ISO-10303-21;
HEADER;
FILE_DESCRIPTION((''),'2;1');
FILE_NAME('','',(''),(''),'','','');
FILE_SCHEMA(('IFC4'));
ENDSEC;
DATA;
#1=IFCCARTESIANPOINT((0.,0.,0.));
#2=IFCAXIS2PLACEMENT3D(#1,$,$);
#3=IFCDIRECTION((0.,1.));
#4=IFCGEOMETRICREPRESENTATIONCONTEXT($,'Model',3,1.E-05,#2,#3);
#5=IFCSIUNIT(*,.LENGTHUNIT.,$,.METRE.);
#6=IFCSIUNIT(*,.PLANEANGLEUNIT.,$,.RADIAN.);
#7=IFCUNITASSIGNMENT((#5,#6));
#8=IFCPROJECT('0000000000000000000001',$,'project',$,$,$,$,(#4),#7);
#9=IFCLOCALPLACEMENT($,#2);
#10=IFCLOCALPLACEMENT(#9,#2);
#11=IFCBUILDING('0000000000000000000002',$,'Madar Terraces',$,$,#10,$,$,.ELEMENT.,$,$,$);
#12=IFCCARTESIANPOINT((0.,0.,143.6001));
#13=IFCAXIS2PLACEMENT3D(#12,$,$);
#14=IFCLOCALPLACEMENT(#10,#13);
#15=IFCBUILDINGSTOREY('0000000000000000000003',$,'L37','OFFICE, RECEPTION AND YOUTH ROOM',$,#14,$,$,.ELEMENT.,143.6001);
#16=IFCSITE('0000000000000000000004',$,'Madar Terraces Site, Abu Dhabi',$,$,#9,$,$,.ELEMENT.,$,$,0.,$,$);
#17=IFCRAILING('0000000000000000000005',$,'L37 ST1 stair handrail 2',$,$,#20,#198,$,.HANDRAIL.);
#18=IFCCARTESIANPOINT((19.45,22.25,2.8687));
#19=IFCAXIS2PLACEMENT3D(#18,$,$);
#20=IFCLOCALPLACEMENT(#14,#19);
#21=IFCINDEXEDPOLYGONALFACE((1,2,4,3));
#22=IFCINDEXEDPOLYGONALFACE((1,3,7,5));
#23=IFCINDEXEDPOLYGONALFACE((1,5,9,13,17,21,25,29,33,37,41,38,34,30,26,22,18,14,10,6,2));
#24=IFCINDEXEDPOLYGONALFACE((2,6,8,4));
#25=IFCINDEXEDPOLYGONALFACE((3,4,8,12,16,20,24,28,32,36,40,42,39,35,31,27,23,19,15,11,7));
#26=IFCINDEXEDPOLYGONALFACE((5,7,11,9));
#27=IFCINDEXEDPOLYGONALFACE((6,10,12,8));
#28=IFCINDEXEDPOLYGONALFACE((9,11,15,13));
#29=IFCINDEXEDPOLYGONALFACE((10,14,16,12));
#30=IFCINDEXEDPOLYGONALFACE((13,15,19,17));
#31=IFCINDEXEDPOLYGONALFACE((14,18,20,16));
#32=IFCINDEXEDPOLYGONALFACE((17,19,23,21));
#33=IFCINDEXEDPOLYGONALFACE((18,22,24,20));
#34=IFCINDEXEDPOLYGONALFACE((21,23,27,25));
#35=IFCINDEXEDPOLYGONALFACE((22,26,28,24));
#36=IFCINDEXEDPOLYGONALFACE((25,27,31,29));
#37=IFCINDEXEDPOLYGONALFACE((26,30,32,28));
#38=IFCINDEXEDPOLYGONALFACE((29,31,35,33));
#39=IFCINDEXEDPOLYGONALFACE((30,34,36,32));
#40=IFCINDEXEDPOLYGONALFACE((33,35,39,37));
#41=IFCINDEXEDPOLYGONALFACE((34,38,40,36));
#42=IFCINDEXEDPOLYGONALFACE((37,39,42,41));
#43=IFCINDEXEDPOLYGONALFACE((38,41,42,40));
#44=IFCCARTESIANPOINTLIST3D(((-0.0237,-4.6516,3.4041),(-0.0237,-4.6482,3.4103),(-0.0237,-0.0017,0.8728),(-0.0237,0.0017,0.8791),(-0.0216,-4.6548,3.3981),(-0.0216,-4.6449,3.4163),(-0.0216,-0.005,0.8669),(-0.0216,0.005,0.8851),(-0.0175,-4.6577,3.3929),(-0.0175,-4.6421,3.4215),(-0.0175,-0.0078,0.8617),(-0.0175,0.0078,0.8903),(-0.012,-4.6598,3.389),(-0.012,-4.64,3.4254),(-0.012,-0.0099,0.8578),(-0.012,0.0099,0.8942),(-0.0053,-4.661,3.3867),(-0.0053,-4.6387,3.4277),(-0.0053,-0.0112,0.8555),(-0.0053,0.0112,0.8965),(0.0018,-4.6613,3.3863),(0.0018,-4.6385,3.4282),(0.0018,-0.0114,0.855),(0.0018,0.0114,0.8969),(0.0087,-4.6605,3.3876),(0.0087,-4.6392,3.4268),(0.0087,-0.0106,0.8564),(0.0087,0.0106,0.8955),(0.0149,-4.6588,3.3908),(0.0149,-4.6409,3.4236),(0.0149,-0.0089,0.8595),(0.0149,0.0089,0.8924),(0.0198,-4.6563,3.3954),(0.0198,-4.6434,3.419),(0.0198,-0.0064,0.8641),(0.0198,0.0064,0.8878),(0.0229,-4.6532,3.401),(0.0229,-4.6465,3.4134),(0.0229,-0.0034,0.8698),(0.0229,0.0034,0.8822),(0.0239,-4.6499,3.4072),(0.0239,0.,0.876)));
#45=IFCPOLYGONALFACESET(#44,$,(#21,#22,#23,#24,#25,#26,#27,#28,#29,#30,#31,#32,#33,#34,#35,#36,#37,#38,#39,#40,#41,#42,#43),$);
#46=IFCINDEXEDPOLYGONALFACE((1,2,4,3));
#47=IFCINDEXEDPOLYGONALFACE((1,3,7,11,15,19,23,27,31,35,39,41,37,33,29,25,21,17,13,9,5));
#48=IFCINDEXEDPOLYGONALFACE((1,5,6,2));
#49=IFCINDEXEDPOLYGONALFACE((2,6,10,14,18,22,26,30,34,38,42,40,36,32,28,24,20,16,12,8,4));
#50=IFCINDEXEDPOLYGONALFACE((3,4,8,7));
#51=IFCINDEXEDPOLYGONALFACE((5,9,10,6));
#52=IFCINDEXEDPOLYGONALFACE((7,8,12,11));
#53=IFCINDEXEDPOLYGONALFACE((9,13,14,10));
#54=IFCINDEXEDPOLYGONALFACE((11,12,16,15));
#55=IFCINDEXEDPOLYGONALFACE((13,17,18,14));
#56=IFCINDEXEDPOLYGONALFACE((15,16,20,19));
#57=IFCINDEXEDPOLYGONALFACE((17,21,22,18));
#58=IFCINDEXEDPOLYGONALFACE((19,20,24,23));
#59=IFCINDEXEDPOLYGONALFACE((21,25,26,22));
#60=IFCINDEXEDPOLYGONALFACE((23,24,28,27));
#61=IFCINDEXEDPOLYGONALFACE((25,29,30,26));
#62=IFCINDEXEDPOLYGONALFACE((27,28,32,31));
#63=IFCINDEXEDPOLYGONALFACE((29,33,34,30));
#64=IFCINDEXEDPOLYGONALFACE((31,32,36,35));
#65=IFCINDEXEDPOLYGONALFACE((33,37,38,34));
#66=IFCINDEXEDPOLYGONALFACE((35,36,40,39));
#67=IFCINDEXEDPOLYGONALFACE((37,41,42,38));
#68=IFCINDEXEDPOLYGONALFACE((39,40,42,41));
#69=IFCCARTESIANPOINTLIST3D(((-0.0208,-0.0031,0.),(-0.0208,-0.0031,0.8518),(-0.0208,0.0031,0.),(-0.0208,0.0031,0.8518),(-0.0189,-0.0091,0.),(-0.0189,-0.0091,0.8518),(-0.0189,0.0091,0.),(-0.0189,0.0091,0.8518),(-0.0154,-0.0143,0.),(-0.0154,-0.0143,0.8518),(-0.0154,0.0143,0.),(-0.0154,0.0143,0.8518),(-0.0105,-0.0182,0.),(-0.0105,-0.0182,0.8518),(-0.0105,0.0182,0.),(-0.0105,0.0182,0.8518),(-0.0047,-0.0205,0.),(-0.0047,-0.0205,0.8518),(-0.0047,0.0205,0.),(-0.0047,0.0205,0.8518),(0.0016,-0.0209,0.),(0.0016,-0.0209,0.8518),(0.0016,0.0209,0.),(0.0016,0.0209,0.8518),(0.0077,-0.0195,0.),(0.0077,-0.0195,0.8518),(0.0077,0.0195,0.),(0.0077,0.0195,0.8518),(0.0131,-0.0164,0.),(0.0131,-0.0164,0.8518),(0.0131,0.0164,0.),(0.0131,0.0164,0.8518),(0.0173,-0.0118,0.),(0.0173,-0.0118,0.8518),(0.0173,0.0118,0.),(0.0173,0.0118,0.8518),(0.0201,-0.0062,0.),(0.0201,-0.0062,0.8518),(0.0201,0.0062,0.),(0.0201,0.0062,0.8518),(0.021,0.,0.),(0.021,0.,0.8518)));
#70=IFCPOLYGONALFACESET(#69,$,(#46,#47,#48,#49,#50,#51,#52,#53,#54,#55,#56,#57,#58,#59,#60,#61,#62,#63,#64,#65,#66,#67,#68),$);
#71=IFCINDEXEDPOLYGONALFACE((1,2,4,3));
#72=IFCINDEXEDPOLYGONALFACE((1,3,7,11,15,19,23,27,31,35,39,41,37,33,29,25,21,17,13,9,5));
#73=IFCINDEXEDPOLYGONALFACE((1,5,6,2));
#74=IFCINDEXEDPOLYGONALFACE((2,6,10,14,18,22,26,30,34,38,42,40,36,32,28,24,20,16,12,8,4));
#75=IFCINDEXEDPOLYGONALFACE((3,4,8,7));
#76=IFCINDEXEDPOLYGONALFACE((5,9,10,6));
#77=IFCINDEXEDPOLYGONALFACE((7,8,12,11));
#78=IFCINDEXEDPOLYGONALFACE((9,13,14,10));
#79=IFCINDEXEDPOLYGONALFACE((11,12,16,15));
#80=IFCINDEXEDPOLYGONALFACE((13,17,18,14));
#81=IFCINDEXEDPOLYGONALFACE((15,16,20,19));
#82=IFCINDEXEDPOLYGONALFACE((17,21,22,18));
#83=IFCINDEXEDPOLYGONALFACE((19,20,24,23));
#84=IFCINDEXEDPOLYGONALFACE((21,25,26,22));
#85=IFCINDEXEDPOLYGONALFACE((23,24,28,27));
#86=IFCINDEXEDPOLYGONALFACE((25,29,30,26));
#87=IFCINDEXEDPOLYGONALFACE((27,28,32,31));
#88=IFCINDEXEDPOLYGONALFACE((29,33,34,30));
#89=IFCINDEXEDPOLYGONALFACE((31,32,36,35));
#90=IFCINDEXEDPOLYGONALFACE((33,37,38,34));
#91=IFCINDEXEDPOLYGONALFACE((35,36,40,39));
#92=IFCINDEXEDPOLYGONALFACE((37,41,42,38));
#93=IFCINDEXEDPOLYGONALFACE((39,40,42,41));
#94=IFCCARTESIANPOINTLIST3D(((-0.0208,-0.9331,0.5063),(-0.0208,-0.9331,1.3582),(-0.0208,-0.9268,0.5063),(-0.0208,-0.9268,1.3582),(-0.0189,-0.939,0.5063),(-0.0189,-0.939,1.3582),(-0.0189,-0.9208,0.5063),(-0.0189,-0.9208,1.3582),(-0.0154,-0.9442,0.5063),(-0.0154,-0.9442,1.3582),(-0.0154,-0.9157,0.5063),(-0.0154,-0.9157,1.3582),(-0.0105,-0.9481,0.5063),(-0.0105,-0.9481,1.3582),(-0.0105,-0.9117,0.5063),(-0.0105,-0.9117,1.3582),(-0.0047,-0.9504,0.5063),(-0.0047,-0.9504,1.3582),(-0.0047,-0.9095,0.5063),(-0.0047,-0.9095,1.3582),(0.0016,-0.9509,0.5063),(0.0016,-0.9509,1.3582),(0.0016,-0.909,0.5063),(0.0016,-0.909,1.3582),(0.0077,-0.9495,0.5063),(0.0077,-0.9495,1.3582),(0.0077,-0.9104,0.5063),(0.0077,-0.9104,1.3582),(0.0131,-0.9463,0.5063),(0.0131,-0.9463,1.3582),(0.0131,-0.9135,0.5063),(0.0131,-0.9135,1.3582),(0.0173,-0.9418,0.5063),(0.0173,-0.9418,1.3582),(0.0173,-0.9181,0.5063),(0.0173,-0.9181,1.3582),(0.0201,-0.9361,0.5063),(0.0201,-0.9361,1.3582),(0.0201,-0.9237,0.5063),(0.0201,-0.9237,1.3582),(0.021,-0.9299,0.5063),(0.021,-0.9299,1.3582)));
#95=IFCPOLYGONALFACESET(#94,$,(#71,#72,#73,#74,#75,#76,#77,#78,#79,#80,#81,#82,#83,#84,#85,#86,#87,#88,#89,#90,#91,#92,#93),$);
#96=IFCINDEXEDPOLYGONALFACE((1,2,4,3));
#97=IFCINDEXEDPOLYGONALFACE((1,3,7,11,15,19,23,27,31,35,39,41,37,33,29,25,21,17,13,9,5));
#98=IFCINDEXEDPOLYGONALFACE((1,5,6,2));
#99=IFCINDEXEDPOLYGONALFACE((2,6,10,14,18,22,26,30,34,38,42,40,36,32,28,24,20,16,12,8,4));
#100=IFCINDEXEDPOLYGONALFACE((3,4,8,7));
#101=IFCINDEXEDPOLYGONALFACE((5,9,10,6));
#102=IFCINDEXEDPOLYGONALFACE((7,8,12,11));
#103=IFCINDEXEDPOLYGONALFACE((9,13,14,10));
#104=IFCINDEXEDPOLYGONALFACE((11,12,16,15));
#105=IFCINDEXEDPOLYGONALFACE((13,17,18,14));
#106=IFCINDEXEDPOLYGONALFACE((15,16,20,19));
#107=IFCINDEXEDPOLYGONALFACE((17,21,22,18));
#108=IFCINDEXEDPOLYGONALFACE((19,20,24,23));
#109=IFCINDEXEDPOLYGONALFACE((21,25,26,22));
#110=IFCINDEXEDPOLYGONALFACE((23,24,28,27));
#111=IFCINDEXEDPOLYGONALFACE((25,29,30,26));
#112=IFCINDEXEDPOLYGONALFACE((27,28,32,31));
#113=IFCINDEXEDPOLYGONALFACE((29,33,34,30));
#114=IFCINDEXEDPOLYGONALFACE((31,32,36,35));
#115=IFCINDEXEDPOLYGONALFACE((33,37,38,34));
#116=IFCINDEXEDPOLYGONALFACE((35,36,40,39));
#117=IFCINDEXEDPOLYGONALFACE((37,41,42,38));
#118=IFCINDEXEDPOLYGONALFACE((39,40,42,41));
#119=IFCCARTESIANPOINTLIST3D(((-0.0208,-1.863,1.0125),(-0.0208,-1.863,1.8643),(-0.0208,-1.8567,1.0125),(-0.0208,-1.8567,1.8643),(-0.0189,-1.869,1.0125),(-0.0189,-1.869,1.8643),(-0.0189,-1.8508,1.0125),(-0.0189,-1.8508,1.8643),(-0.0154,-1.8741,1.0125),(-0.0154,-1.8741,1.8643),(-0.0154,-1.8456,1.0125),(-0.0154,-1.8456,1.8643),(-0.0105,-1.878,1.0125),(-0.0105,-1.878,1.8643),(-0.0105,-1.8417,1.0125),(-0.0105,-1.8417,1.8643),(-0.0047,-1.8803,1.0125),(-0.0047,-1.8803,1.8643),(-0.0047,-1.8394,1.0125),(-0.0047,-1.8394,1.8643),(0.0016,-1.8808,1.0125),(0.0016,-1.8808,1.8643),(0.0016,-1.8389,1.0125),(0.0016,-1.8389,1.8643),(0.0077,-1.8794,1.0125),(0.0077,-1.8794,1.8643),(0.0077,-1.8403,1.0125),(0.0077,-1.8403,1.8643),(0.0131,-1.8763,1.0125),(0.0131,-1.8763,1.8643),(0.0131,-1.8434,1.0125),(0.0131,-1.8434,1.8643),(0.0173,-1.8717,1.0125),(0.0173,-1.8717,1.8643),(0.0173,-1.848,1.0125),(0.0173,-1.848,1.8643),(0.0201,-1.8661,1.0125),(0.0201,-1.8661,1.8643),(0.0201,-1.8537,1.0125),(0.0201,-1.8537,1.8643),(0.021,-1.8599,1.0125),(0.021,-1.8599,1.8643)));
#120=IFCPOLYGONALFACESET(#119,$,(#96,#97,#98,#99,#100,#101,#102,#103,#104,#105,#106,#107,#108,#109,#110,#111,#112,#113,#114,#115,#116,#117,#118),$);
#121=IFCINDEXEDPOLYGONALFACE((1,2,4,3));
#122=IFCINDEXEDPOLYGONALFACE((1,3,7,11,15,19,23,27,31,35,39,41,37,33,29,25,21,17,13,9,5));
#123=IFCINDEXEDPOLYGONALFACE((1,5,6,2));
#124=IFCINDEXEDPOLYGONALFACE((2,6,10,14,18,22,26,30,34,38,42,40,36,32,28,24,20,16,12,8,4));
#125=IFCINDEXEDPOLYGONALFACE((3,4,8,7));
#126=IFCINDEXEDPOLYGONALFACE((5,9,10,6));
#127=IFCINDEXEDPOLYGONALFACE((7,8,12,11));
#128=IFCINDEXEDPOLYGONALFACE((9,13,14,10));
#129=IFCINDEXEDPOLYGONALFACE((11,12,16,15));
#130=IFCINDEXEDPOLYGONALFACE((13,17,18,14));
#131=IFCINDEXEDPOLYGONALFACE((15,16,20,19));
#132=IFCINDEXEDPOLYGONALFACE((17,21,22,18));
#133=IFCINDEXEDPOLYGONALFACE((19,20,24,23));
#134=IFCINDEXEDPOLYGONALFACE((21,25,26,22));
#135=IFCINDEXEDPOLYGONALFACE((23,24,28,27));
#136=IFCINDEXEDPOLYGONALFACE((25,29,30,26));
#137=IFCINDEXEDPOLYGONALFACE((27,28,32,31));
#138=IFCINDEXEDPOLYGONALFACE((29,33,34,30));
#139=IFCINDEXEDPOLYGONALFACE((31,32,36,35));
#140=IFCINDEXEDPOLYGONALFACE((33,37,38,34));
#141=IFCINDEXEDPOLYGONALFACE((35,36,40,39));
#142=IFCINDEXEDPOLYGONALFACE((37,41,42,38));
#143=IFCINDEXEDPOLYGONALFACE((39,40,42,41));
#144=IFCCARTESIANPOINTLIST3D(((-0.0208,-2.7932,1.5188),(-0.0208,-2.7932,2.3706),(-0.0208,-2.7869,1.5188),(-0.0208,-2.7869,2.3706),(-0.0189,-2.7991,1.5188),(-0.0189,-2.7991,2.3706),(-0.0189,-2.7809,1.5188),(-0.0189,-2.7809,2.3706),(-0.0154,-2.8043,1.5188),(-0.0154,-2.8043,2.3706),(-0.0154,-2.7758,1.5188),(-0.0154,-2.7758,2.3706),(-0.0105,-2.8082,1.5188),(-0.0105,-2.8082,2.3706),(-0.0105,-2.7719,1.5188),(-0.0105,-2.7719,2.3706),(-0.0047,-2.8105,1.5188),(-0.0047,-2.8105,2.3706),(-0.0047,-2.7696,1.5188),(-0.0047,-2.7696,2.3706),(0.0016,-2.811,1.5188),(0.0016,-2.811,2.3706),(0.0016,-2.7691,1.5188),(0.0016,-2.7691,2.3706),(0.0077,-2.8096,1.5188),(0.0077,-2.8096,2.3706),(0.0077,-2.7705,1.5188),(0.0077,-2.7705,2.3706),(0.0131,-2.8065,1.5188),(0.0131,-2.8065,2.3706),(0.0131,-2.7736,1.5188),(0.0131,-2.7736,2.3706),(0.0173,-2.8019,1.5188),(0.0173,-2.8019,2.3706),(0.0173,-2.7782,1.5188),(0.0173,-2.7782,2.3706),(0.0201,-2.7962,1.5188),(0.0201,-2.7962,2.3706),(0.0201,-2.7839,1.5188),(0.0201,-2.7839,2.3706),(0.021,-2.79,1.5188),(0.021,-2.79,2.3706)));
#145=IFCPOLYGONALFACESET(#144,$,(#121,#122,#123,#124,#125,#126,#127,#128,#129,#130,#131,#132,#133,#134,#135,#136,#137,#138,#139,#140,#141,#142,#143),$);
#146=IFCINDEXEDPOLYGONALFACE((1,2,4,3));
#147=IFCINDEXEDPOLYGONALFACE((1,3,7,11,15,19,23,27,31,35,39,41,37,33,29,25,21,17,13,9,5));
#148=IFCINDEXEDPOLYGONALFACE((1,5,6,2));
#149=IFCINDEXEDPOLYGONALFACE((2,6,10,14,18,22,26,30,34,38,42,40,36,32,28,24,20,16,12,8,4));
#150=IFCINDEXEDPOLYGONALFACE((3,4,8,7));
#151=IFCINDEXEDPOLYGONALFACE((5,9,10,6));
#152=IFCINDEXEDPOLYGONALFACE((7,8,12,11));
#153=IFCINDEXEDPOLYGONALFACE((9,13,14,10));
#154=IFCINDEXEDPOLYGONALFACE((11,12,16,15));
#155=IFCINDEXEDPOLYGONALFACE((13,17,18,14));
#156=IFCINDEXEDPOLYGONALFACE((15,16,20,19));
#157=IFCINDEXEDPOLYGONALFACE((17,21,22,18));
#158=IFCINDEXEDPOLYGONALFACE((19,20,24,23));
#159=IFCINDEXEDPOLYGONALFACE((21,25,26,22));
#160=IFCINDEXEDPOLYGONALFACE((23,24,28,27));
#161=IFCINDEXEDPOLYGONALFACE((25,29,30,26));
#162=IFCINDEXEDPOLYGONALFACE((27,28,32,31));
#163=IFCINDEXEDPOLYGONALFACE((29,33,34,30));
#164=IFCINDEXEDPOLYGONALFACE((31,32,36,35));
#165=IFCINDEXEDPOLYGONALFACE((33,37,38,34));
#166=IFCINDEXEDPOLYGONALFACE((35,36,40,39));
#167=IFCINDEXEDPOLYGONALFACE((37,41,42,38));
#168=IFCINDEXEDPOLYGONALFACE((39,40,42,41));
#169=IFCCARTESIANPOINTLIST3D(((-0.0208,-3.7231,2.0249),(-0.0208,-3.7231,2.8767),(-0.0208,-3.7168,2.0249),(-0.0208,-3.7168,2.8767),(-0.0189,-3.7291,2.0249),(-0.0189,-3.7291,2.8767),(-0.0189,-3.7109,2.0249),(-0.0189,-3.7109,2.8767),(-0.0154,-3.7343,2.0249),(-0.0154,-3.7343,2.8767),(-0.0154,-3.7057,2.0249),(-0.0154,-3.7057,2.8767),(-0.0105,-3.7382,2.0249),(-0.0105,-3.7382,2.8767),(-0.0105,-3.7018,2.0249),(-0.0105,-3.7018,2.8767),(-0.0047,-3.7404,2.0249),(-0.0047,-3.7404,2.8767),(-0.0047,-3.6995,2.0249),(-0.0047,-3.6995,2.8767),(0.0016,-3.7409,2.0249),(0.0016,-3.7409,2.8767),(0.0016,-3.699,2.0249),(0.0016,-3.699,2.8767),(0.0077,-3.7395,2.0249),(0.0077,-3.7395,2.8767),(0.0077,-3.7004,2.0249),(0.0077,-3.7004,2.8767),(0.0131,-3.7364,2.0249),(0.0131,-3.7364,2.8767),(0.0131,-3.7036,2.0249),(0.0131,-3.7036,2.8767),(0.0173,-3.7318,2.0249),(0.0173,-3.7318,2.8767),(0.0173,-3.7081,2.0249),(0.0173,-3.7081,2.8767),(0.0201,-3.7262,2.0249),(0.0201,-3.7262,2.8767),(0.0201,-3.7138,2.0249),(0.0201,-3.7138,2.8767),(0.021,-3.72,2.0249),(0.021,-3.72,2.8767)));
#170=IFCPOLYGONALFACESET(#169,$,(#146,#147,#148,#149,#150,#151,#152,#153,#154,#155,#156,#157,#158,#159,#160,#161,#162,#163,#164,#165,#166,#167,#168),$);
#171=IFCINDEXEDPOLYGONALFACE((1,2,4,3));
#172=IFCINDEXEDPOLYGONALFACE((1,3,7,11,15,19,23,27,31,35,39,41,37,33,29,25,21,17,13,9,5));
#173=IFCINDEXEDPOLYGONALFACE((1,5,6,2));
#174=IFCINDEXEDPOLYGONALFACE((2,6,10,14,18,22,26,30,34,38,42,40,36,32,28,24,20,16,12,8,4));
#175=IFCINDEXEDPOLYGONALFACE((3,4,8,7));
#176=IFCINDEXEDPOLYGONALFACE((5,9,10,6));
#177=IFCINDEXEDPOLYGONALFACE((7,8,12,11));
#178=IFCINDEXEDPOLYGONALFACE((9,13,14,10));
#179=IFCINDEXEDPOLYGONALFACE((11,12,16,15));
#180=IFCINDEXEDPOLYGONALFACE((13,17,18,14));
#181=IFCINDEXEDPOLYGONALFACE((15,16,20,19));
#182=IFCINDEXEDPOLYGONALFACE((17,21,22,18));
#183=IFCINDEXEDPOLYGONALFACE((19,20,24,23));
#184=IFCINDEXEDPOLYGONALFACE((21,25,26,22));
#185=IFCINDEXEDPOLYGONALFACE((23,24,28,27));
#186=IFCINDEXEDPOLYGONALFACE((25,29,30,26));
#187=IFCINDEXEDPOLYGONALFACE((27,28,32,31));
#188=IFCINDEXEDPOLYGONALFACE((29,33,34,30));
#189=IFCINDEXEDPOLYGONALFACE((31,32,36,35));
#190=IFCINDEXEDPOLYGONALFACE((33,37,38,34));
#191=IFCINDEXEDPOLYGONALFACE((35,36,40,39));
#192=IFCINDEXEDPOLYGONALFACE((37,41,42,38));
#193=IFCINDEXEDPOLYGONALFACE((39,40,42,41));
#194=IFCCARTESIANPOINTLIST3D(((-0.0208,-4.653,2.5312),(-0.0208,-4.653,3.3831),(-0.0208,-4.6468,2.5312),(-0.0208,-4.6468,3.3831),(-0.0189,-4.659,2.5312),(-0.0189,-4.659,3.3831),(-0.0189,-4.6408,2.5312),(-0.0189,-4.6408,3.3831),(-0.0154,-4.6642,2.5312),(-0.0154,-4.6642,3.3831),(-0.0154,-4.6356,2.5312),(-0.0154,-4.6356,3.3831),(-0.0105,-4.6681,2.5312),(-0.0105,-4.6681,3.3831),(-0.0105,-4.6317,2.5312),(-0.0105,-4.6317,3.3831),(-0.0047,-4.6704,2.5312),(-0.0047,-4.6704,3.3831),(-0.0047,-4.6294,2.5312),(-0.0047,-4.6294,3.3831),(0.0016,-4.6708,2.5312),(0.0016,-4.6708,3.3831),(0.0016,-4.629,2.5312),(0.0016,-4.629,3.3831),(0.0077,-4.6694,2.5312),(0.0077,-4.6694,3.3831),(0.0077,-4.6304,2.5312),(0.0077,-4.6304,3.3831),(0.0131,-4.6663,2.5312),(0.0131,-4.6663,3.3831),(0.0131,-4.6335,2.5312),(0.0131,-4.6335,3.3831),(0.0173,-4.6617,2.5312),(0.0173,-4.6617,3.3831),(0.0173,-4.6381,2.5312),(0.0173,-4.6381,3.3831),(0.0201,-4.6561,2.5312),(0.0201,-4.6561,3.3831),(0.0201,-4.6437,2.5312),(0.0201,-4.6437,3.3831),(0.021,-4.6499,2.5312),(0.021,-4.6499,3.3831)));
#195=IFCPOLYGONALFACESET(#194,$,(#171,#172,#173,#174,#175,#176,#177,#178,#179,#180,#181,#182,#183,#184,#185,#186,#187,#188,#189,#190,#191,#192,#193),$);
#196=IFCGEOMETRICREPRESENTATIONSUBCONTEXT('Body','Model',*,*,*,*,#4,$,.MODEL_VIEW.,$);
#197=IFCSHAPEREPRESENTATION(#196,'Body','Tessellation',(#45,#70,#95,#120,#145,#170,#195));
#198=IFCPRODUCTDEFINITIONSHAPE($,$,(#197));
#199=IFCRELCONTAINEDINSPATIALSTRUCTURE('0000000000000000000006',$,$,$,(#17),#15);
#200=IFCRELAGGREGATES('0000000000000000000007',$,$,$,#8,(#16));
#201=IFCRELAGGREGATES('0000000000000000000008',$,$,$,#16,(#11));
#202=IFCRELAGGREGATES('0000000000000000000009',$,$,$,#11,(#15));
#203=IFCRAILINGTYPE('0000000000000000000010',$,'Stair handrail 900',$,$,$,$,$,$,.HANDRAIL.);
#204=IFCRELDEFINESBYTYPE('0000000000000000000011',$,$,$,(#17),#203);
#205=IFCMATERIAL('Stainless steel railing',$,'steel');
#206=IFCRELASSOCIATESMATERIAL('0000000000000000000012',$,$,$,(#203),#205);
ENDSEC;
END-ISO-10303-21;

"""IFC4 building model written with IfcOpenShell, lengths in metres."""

from ifc_helpers import new_model, si_unit, direction, frame, origin, origin_2d, place, context, subcontext, project, spatial, circle, extrude, material, type_object, element, save


model = new_model("IFC4")

# Units and contexts
model_context = context("Model", 3, precision=1e-05, world=origin(), true_north=direction((0.0, 1.0)))
body_context = subcontext(model_context, "Body", "Model", "MODEL_VIEW")
ifc_project = project(units=[si_unit("LENGTHUNIT", "METRE"), si_unit("PLANEANGLEUNIT", "RADIAN")], contexts=[model_context])

# Site, building, storey
site_placement = place(None, origin())
site = spatial("IfcSite", under=ifc_project, at=site_placement, Name="Madar Terraces Site, Abu Dhabi", CompositionType="ELEMENT", RefElevation=0.0)
building_placement = place(site_placement, origin())
building = spatial("IfcBuilding", under=site, at=building_placement, Name="Madar Terraces", CompositionType="ELEMENT")
storey_placement = place(building_placement, frame((0.0, 0.0, 143.6001)))
storey = spatial("IfcBuildingStorey", under=building, at=storey_placement, Name="L37", Description="OFFICE, RECEPTION AND YOUTH ROOM", CompositionType="ELEMENT", Elevation=143.6001)

# Railing
ifc_material_1 = material(Name="Stainless steel railing", Category="steel")
railing_type_1 = type_object("IfcRailingType", Name="Stair handrail 900", PredefinedType="HANDRAIL", material=ifc_material_1)
railing_1_placement = place(storey_placement, frame((19.45, 22.25, 2.8687)))
element("IfcRailing", 1, at=railing_1_placement, inside=storey, type_object=railing_type_1, Name="L37 ST1 stair handrail 2", PredefinedType="HANDRAIL", context=body_context, shape_type="SweptSolid", body=[
    extrude(circle(Radius=0.0239, at=origin_2d()), frame((0.0, 0.0, 0.876), z_axis=(0.0, -0.878297, 0.478115), x_axis=(1.0, 0.0, 0.0)), (0.0, 0.0, 1.0), 5.2942),
    extrude(circle(Radius=0.021, at=origin_2d()), origin(), (0.0, 0.0, 1.0), 0.8518),
    extrude(circle(Radius=0.021, at=origin_2d()), frame((0.0, -0.9299, 0.5063)), (0.0, 0.0, 1.0), 0.8518),
    extrude(circle(Radius=0.021, at=origin_2d()), frame((0.0, -1.8599, 1.0125)), (0.0, 0.0, 1.0), 0.8518),
    extrude(circle(Radius=0.021, at=origin_2d()), frame((0.0, -2.79, 1.5188)), (0.0, 0.0, 1.0), 0.8518),
    extrude(circle(Radius=0.021, at=origin_2d()), frame((0.0, -3.72, 2.0249)), (0.0, 0.0, 1.0), 0.8518),
    extrude(circle(Radius=0.021, at=origin_2d()), frame((0.0, -4.6499, 2.5312)), (0.0, 0.0, 1.0), 0.8518),
])

save(model, "model.ifc")
